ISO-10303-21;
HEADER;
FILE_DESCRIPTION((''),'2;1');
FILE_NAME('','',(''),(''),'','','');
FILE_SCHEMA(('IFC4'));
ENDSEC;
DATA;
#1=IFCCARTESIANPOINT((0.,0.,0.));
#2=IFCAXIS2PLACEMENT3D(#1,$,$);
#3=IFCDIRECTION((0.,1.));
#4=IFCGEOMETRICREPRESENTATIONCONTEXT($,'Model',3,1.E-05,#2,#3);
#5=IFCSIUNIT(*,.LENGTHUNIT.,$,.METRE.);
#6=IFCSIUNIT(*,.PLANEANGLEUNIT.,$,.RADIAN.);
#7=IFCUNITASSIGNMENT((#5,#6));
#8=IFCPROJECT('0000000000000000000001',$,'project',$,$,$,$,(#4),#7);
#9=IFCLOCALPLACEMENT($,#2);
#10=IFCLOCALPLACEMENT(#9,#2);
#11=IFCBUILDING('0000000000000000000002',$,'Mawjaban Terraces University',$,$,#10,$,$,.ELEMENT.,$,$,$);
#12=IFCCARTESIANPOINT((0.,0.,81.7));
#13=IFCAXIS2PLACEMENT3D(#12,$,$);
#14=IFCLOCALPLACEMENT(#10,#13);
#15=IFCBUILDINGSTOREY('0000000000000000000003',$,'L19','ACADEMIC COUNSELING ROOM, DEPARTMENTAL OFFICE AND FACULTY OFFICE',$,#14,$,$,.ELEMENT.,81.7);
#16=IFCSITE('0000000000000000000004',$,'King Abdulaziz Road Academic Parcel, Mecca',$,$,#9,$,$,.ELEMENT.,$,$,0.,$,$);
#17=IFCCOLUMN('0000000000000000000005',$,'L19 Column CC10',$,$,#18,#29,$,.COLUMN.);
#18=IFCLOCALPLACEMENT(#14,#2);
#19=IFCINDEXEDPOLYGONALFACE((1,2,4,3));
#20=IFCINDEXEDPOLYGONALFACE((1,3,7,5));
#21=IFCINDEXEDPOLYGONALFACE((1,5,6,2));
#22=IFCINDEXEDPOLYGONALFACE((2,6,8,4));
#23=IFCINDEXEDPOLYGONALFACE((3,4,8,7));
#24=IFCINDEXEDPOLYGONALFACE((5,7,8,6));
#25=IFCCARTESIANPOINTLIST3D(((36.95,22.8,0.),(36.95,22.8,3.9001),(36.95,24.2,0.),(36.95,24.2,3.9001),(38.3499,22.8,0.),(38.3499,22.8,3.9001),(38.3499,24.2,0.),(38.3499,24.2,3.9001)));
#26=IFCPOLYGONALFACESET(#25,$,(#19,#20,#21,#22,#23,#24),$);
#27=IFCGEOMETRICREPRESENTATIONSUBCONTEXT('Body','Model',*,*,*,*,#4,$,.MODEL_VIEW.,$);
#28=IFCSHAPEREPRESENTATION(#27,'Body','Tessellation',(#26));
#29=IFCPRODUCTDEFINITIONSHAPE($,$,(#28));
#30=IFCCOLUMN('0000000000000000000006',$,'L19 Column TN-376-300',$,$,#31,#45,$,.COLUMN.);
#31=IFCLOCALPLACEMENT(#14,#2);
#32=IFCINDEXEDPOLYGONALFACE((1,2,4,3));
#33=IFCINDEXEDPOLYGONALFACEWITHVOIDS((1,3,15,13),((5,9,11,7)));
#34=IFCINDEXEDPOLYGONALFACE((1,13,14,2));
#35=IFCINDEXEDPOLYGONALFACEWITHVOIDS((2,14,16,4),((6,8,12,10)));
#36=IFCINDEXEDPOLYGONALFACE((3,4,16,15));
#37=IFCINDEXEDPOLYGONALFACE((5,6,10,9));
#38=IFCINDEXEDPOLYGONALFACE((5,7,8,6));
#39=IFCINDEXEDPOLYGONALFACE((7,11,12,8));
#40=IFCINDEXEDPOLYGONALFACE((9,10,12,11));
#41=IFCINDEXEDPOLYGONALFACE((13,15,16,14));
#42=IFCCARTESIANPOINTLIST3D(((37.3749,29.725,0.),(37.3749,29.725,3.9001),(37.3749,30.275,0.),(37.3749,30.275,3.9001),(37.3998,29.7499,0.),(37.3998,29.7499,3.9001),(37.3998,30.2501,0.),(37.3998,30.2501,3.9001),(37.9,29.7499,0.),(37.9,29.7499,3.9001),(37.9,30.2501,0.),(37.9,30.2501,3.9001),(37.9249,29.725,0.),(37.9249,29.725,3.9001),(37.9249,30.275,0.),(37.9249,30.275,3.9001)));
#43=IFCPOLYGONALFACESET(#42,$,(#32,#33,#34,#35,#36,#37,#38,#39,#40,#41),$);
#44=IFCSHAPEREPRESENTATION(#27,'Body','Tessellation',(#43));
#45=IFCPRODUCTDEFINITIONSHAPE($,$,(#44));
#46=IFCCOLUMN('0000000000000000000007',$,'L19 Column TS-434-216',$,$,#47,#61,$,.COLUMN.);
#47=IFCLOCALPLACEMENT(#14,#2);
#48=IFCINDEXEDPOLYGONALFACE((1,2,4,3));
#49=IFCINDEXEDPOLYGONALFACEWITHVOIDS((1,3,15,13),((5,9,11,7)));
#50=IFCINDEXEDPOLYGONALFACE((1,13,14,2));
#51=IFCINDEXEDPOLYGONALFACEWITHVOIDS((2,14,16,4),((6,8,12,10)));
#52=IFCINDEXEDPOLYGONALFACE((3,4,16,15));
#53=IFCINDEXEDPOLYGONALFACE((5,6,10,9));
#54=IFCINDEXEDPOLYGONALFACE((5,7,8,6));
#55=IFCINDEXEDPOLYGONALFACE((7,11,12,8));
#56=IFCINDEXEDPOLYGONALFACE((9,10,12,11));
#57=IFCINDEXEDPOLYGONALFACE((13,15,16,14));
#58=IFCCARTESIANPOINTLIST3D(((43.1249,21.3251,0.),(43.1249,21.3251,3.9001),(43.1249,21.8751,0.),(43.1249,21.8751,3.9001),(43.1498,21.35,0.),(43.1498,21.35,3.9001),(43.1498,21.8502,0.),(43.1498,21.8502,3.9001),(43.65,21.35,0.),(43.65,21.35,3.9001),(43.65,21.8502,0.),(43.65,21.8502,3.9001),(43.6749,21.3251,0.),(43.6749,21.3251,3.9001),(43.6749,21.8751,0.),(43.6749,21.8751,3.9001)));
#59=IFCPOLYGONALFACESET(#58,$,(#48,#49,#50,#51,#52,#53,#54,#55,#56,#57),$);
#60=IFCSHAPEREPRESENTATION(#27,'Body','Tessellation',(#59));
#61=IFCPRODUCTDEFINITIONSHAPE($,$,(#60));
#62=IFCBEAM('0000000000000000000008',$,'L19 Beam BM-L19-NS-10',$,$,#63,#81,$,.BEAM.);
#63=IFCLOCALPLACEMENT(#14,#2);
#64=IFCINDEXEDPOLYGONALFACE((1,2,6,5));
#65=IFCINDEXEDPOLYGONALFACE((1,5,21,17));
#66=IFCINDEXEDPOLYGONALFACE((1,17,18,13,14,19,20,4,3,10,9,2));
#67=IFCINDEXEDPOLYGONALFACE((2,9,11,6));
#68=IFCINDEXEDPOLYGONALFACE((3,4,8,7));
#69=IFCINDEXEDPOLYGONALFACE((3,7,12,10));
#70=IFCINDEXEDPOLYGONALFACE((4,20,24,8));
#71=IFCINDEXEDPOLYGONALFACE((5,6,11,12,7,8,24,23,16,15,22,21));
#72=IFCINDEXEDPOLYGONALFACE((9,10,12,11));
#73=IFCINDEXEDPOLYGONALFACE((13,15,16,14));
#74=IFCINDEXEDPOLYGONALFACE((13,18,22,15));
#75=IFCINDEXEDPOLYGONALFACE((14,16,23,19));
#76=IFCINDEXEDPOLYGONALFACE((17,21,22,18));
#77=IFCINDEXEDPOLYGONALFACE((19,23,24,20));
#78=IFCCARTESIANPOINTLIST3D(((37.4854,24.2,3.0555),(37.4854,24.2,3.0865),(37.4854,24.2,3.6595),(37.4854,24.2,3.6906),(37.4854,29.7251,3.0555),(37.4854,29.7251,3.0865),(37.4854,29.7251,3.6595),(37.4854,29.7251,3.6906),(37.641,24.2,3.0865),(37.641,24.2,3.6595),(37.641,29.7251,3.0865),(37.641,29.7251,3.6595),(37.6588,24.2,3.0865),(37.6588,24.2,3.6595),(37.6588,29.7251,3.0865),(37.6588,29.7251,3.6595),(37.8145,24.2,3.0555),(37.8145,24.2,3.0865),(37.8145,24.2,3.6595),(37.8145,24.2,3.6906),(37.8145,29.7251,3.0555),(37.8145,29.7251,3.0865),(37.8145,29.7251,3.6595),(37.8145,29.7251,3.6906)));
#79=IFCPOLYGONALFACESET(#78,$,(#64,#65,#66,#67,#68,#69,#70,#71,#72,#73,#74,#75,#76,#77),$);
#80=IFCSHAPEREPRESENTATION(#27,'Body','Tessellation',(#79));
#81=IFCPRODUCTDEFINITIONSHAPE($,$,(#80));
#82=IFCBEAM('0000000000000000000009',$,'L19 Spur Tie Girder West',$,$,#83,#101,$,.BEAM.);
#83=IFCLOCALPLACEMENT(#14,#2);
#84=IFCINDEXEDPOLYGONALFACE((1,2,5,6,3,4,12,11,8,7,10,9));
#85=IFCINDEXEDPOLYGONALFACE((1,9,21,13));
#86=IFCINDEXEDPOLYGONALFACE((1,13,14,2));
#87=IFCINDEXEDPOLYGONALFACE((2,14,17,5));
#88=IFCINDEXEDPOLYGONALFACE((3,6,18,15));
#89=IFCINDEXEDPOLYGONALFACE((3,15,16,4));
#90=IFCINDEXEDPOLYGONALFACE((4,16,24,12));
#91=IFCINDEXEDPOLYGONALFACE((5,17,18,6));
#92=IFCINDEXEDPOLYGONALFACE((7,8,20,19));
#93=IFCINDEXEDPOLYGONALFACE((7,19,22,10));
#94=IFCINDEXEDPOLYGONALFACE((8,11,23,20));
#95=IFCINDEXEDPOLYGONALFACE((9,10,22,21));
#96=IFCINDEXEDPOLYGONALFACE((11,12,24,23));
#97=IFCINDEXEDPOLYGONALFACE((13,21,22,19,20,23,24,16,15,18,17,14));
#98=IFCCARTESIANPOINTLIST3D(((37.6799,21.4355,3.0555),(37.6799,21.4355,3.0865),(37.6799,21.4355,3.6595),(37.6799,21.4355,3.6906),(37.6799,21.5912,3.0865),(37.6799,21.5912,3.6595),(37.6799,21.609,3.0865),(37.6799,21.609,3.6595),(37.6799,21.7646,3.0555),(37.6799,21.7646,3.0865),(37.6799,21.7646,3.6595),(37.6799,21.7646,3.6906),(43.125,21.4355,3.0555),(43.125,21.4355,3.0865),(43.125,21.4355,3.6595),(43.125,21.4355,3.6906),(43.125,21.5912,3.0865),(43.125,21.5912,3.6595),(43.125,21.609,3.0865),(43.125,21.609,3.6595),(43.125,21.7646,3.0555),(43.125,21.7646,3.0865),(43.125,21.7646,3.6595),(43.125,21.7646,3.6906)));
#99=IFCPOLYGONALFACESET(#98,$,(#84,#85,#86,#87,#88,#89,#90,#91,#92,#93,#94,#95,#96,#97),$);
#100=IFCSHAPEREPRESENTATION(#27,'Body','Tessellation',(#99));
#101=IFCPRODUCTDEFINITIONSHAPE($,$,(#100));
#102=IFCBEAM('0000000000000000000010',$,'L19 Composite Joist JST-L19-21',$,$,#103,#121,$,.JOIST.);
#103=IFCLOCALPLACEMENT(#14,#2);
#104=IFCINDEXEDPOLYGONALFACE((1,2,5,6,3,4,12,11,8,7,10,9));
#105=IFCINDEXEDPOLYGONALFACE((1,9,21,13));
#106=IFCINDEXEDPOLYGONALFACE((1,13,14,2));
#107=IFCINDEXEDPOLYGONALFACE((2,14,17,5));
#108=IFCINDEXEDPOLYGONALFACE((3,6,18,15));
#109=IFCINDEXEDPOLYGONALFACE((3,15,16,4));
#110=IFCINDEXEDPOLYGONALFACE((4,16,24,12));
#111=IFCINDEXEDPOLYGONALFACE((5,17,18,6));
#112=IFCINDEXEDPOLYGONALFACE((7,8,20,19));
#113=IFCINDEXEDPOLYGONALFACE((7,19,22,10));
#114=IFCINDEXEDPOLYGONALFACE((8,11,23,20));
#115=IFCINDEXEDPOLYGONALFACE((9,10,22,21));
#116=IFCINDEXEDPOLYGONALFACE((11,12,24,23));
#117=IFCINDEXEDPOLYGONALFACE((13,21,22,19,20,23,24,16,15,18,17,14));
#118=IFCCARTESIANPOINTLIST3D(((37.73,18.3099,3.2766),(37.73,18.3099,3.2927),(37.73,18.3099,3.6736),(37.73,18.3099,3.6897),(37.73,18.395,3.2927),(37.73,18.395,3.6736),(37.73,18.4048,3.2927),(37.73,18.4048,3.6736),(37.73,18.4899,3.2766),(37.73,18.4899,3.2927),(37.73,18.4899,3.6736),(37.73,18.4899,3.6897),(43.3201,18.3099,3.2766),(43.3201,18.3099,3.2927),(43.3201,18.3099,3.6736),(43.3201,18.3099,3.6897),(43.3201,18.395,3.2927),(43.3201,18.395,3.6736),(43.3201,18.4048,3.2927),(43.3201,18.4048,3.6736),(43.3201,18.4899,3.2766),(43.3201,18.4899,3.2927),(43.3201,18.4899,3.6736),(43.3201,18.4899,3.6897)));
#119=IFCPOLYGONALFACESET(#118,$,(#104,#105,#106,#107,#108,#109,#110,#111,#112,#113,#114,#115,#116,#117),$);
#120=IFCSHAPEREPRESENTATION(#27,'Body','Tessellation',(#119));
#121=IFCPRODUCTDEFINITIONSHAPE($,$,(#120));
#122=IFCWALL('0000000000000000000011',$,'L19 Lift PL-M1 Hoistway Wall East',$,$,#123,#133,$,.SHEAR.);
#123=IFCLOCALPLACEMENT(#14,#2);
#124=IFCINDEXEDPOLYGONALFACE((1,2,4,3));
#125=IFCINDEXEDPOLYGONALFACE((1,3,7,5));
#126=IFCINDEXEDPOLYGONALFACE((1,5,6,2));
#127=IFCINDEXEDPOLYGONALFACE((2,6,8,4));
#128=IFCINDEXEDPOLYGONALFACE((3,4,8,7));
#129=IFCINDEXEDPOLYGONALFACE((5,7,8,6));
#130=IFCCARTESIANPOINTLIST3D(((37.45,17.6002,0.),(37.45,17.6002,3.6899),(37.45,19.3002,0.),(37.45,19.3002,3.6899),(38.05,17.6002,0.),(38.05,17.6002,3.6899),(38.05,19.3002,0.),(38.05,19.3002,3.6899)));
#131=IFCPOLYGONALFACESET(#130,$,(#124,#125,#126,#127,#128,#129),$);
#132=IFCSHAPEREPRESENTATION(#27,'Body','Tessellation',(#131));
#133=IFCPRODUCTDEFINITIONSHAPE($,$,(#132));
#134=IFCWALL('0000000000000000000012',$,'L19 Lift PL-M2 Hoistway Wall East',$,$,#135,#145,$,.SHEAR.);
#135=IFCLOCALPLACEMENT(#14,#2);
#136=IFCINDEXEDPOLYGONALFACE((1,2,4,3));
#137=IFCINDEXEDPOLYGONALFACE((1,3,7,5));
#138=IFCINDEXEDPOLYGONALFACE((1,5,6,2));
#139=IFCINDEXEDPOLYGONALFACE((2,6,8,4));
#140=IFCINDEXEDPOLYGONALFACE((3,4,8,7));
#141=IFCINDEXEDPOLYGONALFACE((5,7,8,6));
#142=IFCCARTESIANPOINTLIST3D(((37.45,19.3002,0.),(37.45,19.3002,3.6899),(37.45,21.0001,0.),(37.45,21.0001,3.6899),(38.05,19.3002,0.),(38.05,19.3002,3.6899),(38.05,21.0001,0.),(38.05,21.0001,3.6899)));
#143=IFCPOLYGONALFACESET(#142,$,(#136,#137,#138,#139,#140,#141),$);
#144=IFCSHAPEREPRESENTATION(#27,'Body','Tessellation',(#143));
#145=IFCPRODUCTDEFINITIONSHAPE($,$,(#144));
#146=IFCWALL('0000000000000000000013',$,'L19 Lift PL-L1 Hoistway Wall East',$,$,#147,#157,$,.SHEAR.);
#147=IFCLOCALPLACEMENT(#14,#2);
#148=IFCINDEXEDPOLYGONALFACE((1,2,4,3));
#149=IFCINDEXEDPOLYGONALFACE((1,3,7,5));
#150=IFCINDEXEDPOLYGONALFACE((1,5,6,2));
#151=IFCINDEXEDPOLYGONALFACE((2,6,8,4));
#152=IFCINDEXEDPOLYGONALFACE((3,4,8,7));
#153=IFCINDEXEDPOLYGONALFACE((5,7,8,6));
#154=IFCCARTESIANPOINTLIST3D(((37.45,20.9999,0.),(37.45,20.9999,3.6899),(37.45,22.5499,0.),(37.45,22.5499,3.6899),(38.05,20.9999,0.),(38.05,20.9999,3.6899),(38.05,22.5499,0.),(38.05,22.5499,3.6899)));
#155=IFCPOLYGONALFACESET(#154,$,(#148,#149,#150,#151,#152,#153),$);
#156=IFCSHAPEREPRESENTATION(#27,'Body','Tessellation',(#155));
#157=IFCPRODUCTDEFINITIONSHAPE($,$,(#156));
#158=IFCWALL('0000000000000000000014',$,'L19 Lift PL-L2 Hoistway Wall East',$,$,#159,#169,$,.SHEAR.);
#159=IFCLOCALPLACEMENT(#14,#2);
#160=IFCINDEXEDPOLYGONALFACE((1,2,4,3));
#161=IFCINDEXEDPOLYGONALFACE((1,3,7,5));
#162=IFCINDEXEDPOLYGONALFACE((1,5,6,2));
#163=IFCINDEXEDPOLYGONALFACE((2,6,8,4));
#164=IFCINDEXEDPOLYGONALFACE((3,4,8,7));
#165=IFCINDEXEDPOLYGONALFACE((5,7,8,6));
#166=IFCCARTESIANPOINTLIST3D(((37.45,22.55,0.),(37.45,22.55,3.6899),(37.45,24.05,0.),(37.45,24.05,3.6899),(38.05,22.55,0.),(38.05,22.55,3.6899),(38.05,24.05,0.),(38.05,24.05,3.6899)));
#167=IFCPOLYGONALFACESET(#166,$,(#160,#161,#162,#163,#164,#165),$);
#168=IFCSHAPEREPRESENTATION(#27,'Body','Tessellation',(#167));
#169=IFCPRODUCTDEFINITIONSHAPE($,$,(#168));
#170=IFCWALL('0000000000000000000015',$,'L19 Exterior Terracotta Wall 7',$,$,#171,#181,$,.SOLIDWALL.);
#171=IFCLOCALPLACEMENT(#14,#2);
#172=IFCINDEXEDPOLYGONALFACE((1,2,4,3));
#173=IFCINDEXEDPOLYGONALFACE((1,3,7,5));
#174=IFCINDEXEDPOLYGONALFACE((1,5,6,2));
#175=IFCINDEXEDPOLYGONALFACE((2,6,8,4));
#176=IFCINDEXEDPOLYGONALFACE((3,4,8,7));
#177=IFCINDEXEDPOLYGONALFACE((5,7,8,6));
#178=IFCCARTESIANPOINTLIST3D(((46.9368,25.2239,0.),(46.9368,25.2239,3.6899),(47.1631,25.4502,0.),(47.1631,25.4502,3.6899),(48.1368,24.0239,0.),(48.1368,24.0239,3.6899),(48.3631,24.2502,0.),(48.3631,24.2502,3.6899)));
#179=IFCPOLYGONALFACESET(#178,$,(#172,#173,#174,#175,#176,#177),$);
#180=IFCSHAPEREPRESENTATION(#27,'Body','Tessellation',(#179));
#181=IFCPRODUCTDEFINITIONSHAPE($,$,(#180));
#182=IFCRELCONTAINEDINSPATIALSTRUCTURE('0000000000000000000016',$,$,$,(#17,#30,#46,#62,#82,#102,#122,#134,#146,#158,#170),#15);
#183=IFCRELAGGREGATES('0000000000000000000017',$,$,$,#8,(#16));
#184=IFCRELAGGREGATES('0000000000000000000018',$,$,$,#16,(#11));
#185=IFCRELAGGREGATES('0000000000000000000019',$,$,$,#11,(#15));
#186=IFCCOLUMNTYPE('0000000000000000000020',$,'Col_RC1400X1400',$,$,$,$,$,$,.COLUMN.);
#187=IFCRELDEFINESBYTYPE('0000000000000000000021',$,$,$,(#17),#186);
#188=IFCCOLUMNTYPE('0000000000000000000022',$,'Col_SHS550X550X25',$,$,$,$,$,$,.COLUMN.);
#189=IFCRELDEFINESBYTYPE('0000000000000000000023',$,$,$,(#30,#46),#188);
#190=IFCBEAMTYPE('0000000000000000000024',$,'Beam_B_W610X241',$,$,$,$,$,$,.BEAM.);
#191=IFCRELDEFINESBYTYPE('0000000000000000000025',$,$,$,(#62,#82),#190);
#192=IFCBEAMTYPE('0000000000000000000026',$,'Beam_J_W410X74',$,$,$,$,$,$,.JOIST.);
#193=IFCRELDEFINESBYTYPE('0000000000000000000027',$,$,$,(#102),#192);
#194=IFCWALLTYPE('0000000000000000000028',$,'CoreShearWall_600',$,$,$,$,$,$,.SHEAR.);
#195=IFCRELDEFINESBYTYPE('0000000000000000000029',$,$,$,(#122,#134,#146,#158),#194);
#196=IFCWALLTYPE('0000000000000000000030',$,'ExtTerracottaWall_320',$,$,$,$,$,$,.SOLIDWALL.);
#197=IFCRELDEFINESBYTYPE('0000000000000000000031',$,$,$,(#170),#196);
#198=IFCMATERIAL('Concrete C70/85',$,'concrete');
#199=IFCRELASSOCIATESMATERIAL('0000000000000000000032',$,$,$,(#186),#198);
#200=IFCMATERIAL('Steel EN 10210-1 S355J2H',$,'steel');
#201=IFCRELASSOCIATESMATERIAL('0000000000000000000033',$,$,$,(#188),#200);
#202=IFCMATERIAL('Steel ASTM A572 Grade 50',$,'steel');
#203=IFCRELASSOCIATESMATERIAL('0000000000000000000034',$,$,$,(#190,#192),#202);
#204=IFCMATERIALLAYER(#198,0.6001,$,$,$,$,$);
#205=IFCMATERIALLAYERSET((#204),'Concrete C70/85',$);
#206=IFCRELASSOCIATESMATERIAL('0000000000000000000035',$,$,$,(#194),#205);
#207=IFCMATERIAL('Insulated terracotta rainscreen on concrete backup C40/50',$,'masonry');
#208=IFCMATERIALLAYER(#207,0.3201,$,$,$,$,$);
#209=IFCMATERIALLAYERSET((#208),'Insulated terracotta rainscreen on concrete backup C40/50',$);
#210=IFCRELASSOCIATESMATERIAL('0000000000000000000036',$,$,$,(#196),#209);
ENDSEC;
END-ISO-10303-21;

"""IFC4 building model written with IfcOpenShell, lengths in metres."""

from ifc_helpers import new_model, si_unit, direction, frame, frame_2d, origin, origin_2d, place, context, subcontext, project, spatial, rectangle, hollow_rectangle, i_section, extrude, material, layer, layer_set, material_profile, profile_set, type_object, element, save


model = new_model("IFC4")

# Units and contexts
model_context = context("Model", 3, precision=1e-05, world=origin(), true_north=direction((0.0, 1.0)))
body_context = subcontext(model_context, "Body", "Model", "MODEL_VIEW")
ifc_project = project(units=[si_unit("LENGTHUNIT", "METRE"), si_unit("PLANEANGLEUNIT", "RADIAN")], contexts=[model_context])

# Site, building, storey
site_placement = place(None, origin())
site = spatial("IfcSite", under=ifc_project, at=site_placement, Name="King Abdulaziz Road Academic Parcel, Mecca", CompositionType="ELEMENT", RefElevation=0.0)
building_placement = place(site_placement, origin())
building = spatial("IfcBuilding", under=site, at=building_placement, Name="Mawjaban Terraces University", CompositionType="ELEMENT")
storey_placement = place(building_placement, frame((0.0, 0.0, 81.7)))
storey = spatial("IfcBuildingStorey", under=building, at=storey_placement, Name="L19", Description="ACADEMIC COUNSELING ROOM, DEPARTMENTAL OFFICE AND FACULTY OFFICE", CompositionType="ELEMENT", Elevation=81.7)

# Columns
ifc_material_1 = material(Name="Concrete C70/85", Category="concrete")
ifc_material_profile_1 = material_profile(ifc_material_1, rectangle(XDim=1.3999, YDim=1.3999, at=origin_2d()), Name="RC1400X1400")
ifc_profile_set_1 = profile_set([ifc_material_profile_1], Name="Concrete C70/85")
column_type_1 = type_object("IfcColumnType", Name="Col_RC1400X1400", PredefinedType="COLUMN", material=ifc_profile_set_1)
column_placement = place(storey_placement, frame((37.6499, 23.5, 0.0), z_axis=(0.0, 0.0, 1.0), x_axis=(1.0, 0.0, 0.0)))
element("IfcColumn", 1, at=column_placement, inside=storey, type_object=column_type_1, Name="L19 Column CC10", PredefinedType="COLUMN", context=body_context, shape_type="SweptSolid", body=[
    extrude(rectangle(XDim=1.3999, YDim=1.3999, at=origin_2d()), origin(), (0.0, 0.0, 1.0), 3.9001),
])
ifc_material_2 = material(Name="Steel EN 10210-1 S355J2H", Category="steel")
ifc_material_profile_2 = material_profile(ifc_material_2, hollow_rectangle(XDim=0.55, YDim=0.55, WallThickness=0.0249, at=origin_2d()), Name="SHS550X550X25")
ifc_profile_set_2 = profile_set([ifc_material_profile_2], Name="Steel EN 10210-1 S355J2H")
column_type_2 = type_object("IfcColumnType", Name="Col_SHS550X550X25", PredefinedType="COLUMN", material=ifc_profile_set_2)
for number, where, z_axis, x_axis, name in (
    (2, (37.6499, 30.0, 0.0), (0.0, 0.0, 1.0), (1.0, 0.0, 0.0), "L19 Column TN-376-300"),
    (3, (43.3999, 21.6001, 0.0), (0.0, 0.0, 1.0), (1.0, 0.0, 0.0), "L19 Column TS-434-216"),
):
    element("IfcColumn", number, at=place(storey_placement, frame(where, z_axis=z_axis, x_axis=x_axis)), inside=storey, type_object=column_type_2, Name=name, PredefinedType="COLUMN", context=body_context, shape_type="SweptSolid", body=[
        extrude(hollow_rectangle(XDim=0.55, YDim=0.55, WallThickness=0.0249, at=origin_2d()), origin(), (0.0, 0.0, 1.0), 3.9001),
    ])

# Beams
ifc_material_3 = material(Name="Steel ASTM A572 Grade 50", Category="steel")
ifc_material_profile_3 = material_profile(ifc_material_3, i_section(OverallWidth=0.3291, OverallDepth=0.635, WebThickness=0.0178, FlangeThickness=0.031, at=origin_2d()), Name="W610X241")
ifc_profile_set_3 = profile_set([ifc_material_profile_3], Name="Steel ASTM A572 Grade 50")
beam_type_1 = type_object("IfcBeamType", Name="Beam_B_W610X241", PredefinedType="BEAM", material=ifc_profile_set_3)
beam_1_placement = place(storey_placement, frame((37.6499, 24.2, 3.373), z_axis=(0.0, 1.0, 0.0), x_axis=(-1.0, 0.0, 0.0)))
element("IfcBeam", 4, at=beam_1_placement, inside=storey, type_object=beam_type_1, Name="L19 Beam BM-L19-NS-10", PredefinedType="BEAM", context=body_context, shape_type="SweptSolid", body=[
    extrude(i_section(OverallWidth=0.3291, OverallDepth=0.635, WebThickness=0.0178, FlangeThickness=0.031, at=origin_2d()), origin(), (0.0, 0.0, 1.0), 5.5251),
])
beam_2_placement = place(storey_placement, frame((37.6799, 21.6001, 3.373), z_axis=(1.0, 0.0, 0.0), x_axis=(0.0, 1.0, 0.0)))
element("IfcBeam", 5, at=beam_2_placement, inside=storey, type_object=beam_type_1, Name="L19 Spur Tie Girder West", PredefinedType="BEAM", context=body_context, shape_type="SweptSolid", body=[
    extrude(i_section(OverallWidth=0.3291, OverallDepth=0.635, WebThickness=0.0178, FlangeThickness=0.031, at=origin_2d()), origin(), (0.0, 0.0, 1.0), 5.4451),
])
ifc_material_profile_4 = material_profile(ifc_material_3, i_section(OverallWidth=0.1799, OverallDepth=0.4131, WebThickness=0.0098, FlangeThickness=0.0161, at=origin_2d()), Name="W410X74")
ifc_profile_set_4 = profile_set([ifc_material_profile_4], Name="Steel ASTM A572 Grade 50")
beam_type_2 = type_object("IfcBeamType", Name="Beam_J_W410X74", PredefinedType="JOIST", material=ifc_profile_set_4)
beam_3_placement = place(storey_placement, frame((37.73, 18.3999, 3.4832), z_axis=(1.0, 0.0, 0.0), x_axis=(0.0, 1.0, 0.0)))
element("IfcBeam", 6, at=beam_3_placement, inside=storey, type_object=beam_type_2, Name="L19 Composite Joist JST-L19-21", PredefinedType="JOIST", context=body_context, shape_type="SweptSolid", body=[
    extrude(i_section(OverallWidth=0.1799, OverallDepth=0.4131, WebThickness=0.0098, FlangeThickness=0.0161, at=origin_2d()), origin(), (0.0, 0.0, 1.0), 5.5901),
])

# Walls
ifc_layer_1 = layer(ifc_material_1, 0.6001)
ifc_layer_set_1 = layer_set([ifc_layer_1], Name="Concrete C70/85")
wall_type_1 = type_object("IfcWallType", Name="CoreShearWall_600", PredefinedType="SHEAR", material=ifc_layer_set_1)
for number, where, z_axis, x_axis, name in (
    (7, (37.75, 17.6001, 0.0), (0.0, 0.0, 1.0), (0.0, 1.0, 0.0), "L19 Lift PL-M1 Hoistway Wall East"),
    (8, (37.75, 19.3, 0.0), (0.0, 0.0, 1.0), (0.0, 1.0, 0.0), "L19 Lift PL-M2 Hoistway Wall East"),
):
    element("IfcWall", number, at=place(storey_placement, frame(where, z_axis=z_axis, x_axis=x_axis)), inside=storey, type_object=wall_type_1, Name=name, PredefinedType="SHEAR", context=body_context, shape_type="SweptSolid", body=[
        extrude(rectangle(XDim=1.7, YDim=0.6001, at=frame_2d((0.8501, 0.0))), origin(), (0.0, 0.0, 1.0), 3.6899),
    ])
wall_1_placement = place(storey_placement, frame((37.75, 21.0, 0.0), z_axis=(0.0, 0.0, 1.0), x_axis=(0.0, 1.0, 0.0)))
element("IfcWall", 9, at=wall_1_placement, inside=storey, type_object=wall_type_1, Name="L19 Lift PL-L1 Hoistway Wall East", PredefinedType="SHEAR", context=body_context, shape_type="SweptSolid", body=[
    extrude(rectangle(XDim=1.55, YDim=0.6001, at=frame_2d((0.7749, 0.0))), origin(), (0.0, 0.0, 1.0), 3.6899),
])
wall_2_placement = place(storey_placement, frame((37.75, 22.55, 0.0), z_axis=(0.0, 0.0, 1.0), x_axis=(0.0, 1.0, 0.0)))
element("IfcWall", 10, at=wall_2_placement, inside=storey, type_object=wall_type_1, Name="L19 Lift PL-L2 Hoistway Wall East", PredefinedType="SHEAR", context=body_context, shape_type="SweptSolid", body=[
    extrude(rectangle(XDim=1.5, YDim=0.6001, at=frame_2d((0.75, 0.0))), origin(), (0.0, 0.0, 1.0), 3.6899),
])
ifc_material_4 = material(Name="Insulated terracotta rainscreen on concrete backup C40/50", Category="masonry")
ifc_layer_2 = layer(ifc_material_4, 0.3201)
ifc_layer_set_2 = layer_set([ifc_layer_2], Name="Insulated terracotta rainscreen on concrete backup C40/50")
wall_type_2 = type_object("IfcWallType", Name="ExtTerracottaWall_320", PredefinedType="SOLIDWALL", material=ifc_layer_set_2)
wall_3_placement = place(storey_placement, frame((48.25, 24.137, 0.0), z_axis=(0.0, 0.0, 1.0), x_axis=(-0.707107, 0.707107, 0.0)))
element("IfcWall", 11, at=wall_3_placement, inside=storey, type_object=wall_type_2, Name="L19 Exterior Terracotta Wall 7", PredefinedType="SOLIDWALL", context=body_context, shape_type="SweptSolid", body=[
    extrude(rectangle(XDim=1.697, YDim=0.3201, at=frame_2d((0.8486, 0.0))), origin(), (0.0, 0.0, 1.0), 3.6899),
])

save(model, "model.ifc")
